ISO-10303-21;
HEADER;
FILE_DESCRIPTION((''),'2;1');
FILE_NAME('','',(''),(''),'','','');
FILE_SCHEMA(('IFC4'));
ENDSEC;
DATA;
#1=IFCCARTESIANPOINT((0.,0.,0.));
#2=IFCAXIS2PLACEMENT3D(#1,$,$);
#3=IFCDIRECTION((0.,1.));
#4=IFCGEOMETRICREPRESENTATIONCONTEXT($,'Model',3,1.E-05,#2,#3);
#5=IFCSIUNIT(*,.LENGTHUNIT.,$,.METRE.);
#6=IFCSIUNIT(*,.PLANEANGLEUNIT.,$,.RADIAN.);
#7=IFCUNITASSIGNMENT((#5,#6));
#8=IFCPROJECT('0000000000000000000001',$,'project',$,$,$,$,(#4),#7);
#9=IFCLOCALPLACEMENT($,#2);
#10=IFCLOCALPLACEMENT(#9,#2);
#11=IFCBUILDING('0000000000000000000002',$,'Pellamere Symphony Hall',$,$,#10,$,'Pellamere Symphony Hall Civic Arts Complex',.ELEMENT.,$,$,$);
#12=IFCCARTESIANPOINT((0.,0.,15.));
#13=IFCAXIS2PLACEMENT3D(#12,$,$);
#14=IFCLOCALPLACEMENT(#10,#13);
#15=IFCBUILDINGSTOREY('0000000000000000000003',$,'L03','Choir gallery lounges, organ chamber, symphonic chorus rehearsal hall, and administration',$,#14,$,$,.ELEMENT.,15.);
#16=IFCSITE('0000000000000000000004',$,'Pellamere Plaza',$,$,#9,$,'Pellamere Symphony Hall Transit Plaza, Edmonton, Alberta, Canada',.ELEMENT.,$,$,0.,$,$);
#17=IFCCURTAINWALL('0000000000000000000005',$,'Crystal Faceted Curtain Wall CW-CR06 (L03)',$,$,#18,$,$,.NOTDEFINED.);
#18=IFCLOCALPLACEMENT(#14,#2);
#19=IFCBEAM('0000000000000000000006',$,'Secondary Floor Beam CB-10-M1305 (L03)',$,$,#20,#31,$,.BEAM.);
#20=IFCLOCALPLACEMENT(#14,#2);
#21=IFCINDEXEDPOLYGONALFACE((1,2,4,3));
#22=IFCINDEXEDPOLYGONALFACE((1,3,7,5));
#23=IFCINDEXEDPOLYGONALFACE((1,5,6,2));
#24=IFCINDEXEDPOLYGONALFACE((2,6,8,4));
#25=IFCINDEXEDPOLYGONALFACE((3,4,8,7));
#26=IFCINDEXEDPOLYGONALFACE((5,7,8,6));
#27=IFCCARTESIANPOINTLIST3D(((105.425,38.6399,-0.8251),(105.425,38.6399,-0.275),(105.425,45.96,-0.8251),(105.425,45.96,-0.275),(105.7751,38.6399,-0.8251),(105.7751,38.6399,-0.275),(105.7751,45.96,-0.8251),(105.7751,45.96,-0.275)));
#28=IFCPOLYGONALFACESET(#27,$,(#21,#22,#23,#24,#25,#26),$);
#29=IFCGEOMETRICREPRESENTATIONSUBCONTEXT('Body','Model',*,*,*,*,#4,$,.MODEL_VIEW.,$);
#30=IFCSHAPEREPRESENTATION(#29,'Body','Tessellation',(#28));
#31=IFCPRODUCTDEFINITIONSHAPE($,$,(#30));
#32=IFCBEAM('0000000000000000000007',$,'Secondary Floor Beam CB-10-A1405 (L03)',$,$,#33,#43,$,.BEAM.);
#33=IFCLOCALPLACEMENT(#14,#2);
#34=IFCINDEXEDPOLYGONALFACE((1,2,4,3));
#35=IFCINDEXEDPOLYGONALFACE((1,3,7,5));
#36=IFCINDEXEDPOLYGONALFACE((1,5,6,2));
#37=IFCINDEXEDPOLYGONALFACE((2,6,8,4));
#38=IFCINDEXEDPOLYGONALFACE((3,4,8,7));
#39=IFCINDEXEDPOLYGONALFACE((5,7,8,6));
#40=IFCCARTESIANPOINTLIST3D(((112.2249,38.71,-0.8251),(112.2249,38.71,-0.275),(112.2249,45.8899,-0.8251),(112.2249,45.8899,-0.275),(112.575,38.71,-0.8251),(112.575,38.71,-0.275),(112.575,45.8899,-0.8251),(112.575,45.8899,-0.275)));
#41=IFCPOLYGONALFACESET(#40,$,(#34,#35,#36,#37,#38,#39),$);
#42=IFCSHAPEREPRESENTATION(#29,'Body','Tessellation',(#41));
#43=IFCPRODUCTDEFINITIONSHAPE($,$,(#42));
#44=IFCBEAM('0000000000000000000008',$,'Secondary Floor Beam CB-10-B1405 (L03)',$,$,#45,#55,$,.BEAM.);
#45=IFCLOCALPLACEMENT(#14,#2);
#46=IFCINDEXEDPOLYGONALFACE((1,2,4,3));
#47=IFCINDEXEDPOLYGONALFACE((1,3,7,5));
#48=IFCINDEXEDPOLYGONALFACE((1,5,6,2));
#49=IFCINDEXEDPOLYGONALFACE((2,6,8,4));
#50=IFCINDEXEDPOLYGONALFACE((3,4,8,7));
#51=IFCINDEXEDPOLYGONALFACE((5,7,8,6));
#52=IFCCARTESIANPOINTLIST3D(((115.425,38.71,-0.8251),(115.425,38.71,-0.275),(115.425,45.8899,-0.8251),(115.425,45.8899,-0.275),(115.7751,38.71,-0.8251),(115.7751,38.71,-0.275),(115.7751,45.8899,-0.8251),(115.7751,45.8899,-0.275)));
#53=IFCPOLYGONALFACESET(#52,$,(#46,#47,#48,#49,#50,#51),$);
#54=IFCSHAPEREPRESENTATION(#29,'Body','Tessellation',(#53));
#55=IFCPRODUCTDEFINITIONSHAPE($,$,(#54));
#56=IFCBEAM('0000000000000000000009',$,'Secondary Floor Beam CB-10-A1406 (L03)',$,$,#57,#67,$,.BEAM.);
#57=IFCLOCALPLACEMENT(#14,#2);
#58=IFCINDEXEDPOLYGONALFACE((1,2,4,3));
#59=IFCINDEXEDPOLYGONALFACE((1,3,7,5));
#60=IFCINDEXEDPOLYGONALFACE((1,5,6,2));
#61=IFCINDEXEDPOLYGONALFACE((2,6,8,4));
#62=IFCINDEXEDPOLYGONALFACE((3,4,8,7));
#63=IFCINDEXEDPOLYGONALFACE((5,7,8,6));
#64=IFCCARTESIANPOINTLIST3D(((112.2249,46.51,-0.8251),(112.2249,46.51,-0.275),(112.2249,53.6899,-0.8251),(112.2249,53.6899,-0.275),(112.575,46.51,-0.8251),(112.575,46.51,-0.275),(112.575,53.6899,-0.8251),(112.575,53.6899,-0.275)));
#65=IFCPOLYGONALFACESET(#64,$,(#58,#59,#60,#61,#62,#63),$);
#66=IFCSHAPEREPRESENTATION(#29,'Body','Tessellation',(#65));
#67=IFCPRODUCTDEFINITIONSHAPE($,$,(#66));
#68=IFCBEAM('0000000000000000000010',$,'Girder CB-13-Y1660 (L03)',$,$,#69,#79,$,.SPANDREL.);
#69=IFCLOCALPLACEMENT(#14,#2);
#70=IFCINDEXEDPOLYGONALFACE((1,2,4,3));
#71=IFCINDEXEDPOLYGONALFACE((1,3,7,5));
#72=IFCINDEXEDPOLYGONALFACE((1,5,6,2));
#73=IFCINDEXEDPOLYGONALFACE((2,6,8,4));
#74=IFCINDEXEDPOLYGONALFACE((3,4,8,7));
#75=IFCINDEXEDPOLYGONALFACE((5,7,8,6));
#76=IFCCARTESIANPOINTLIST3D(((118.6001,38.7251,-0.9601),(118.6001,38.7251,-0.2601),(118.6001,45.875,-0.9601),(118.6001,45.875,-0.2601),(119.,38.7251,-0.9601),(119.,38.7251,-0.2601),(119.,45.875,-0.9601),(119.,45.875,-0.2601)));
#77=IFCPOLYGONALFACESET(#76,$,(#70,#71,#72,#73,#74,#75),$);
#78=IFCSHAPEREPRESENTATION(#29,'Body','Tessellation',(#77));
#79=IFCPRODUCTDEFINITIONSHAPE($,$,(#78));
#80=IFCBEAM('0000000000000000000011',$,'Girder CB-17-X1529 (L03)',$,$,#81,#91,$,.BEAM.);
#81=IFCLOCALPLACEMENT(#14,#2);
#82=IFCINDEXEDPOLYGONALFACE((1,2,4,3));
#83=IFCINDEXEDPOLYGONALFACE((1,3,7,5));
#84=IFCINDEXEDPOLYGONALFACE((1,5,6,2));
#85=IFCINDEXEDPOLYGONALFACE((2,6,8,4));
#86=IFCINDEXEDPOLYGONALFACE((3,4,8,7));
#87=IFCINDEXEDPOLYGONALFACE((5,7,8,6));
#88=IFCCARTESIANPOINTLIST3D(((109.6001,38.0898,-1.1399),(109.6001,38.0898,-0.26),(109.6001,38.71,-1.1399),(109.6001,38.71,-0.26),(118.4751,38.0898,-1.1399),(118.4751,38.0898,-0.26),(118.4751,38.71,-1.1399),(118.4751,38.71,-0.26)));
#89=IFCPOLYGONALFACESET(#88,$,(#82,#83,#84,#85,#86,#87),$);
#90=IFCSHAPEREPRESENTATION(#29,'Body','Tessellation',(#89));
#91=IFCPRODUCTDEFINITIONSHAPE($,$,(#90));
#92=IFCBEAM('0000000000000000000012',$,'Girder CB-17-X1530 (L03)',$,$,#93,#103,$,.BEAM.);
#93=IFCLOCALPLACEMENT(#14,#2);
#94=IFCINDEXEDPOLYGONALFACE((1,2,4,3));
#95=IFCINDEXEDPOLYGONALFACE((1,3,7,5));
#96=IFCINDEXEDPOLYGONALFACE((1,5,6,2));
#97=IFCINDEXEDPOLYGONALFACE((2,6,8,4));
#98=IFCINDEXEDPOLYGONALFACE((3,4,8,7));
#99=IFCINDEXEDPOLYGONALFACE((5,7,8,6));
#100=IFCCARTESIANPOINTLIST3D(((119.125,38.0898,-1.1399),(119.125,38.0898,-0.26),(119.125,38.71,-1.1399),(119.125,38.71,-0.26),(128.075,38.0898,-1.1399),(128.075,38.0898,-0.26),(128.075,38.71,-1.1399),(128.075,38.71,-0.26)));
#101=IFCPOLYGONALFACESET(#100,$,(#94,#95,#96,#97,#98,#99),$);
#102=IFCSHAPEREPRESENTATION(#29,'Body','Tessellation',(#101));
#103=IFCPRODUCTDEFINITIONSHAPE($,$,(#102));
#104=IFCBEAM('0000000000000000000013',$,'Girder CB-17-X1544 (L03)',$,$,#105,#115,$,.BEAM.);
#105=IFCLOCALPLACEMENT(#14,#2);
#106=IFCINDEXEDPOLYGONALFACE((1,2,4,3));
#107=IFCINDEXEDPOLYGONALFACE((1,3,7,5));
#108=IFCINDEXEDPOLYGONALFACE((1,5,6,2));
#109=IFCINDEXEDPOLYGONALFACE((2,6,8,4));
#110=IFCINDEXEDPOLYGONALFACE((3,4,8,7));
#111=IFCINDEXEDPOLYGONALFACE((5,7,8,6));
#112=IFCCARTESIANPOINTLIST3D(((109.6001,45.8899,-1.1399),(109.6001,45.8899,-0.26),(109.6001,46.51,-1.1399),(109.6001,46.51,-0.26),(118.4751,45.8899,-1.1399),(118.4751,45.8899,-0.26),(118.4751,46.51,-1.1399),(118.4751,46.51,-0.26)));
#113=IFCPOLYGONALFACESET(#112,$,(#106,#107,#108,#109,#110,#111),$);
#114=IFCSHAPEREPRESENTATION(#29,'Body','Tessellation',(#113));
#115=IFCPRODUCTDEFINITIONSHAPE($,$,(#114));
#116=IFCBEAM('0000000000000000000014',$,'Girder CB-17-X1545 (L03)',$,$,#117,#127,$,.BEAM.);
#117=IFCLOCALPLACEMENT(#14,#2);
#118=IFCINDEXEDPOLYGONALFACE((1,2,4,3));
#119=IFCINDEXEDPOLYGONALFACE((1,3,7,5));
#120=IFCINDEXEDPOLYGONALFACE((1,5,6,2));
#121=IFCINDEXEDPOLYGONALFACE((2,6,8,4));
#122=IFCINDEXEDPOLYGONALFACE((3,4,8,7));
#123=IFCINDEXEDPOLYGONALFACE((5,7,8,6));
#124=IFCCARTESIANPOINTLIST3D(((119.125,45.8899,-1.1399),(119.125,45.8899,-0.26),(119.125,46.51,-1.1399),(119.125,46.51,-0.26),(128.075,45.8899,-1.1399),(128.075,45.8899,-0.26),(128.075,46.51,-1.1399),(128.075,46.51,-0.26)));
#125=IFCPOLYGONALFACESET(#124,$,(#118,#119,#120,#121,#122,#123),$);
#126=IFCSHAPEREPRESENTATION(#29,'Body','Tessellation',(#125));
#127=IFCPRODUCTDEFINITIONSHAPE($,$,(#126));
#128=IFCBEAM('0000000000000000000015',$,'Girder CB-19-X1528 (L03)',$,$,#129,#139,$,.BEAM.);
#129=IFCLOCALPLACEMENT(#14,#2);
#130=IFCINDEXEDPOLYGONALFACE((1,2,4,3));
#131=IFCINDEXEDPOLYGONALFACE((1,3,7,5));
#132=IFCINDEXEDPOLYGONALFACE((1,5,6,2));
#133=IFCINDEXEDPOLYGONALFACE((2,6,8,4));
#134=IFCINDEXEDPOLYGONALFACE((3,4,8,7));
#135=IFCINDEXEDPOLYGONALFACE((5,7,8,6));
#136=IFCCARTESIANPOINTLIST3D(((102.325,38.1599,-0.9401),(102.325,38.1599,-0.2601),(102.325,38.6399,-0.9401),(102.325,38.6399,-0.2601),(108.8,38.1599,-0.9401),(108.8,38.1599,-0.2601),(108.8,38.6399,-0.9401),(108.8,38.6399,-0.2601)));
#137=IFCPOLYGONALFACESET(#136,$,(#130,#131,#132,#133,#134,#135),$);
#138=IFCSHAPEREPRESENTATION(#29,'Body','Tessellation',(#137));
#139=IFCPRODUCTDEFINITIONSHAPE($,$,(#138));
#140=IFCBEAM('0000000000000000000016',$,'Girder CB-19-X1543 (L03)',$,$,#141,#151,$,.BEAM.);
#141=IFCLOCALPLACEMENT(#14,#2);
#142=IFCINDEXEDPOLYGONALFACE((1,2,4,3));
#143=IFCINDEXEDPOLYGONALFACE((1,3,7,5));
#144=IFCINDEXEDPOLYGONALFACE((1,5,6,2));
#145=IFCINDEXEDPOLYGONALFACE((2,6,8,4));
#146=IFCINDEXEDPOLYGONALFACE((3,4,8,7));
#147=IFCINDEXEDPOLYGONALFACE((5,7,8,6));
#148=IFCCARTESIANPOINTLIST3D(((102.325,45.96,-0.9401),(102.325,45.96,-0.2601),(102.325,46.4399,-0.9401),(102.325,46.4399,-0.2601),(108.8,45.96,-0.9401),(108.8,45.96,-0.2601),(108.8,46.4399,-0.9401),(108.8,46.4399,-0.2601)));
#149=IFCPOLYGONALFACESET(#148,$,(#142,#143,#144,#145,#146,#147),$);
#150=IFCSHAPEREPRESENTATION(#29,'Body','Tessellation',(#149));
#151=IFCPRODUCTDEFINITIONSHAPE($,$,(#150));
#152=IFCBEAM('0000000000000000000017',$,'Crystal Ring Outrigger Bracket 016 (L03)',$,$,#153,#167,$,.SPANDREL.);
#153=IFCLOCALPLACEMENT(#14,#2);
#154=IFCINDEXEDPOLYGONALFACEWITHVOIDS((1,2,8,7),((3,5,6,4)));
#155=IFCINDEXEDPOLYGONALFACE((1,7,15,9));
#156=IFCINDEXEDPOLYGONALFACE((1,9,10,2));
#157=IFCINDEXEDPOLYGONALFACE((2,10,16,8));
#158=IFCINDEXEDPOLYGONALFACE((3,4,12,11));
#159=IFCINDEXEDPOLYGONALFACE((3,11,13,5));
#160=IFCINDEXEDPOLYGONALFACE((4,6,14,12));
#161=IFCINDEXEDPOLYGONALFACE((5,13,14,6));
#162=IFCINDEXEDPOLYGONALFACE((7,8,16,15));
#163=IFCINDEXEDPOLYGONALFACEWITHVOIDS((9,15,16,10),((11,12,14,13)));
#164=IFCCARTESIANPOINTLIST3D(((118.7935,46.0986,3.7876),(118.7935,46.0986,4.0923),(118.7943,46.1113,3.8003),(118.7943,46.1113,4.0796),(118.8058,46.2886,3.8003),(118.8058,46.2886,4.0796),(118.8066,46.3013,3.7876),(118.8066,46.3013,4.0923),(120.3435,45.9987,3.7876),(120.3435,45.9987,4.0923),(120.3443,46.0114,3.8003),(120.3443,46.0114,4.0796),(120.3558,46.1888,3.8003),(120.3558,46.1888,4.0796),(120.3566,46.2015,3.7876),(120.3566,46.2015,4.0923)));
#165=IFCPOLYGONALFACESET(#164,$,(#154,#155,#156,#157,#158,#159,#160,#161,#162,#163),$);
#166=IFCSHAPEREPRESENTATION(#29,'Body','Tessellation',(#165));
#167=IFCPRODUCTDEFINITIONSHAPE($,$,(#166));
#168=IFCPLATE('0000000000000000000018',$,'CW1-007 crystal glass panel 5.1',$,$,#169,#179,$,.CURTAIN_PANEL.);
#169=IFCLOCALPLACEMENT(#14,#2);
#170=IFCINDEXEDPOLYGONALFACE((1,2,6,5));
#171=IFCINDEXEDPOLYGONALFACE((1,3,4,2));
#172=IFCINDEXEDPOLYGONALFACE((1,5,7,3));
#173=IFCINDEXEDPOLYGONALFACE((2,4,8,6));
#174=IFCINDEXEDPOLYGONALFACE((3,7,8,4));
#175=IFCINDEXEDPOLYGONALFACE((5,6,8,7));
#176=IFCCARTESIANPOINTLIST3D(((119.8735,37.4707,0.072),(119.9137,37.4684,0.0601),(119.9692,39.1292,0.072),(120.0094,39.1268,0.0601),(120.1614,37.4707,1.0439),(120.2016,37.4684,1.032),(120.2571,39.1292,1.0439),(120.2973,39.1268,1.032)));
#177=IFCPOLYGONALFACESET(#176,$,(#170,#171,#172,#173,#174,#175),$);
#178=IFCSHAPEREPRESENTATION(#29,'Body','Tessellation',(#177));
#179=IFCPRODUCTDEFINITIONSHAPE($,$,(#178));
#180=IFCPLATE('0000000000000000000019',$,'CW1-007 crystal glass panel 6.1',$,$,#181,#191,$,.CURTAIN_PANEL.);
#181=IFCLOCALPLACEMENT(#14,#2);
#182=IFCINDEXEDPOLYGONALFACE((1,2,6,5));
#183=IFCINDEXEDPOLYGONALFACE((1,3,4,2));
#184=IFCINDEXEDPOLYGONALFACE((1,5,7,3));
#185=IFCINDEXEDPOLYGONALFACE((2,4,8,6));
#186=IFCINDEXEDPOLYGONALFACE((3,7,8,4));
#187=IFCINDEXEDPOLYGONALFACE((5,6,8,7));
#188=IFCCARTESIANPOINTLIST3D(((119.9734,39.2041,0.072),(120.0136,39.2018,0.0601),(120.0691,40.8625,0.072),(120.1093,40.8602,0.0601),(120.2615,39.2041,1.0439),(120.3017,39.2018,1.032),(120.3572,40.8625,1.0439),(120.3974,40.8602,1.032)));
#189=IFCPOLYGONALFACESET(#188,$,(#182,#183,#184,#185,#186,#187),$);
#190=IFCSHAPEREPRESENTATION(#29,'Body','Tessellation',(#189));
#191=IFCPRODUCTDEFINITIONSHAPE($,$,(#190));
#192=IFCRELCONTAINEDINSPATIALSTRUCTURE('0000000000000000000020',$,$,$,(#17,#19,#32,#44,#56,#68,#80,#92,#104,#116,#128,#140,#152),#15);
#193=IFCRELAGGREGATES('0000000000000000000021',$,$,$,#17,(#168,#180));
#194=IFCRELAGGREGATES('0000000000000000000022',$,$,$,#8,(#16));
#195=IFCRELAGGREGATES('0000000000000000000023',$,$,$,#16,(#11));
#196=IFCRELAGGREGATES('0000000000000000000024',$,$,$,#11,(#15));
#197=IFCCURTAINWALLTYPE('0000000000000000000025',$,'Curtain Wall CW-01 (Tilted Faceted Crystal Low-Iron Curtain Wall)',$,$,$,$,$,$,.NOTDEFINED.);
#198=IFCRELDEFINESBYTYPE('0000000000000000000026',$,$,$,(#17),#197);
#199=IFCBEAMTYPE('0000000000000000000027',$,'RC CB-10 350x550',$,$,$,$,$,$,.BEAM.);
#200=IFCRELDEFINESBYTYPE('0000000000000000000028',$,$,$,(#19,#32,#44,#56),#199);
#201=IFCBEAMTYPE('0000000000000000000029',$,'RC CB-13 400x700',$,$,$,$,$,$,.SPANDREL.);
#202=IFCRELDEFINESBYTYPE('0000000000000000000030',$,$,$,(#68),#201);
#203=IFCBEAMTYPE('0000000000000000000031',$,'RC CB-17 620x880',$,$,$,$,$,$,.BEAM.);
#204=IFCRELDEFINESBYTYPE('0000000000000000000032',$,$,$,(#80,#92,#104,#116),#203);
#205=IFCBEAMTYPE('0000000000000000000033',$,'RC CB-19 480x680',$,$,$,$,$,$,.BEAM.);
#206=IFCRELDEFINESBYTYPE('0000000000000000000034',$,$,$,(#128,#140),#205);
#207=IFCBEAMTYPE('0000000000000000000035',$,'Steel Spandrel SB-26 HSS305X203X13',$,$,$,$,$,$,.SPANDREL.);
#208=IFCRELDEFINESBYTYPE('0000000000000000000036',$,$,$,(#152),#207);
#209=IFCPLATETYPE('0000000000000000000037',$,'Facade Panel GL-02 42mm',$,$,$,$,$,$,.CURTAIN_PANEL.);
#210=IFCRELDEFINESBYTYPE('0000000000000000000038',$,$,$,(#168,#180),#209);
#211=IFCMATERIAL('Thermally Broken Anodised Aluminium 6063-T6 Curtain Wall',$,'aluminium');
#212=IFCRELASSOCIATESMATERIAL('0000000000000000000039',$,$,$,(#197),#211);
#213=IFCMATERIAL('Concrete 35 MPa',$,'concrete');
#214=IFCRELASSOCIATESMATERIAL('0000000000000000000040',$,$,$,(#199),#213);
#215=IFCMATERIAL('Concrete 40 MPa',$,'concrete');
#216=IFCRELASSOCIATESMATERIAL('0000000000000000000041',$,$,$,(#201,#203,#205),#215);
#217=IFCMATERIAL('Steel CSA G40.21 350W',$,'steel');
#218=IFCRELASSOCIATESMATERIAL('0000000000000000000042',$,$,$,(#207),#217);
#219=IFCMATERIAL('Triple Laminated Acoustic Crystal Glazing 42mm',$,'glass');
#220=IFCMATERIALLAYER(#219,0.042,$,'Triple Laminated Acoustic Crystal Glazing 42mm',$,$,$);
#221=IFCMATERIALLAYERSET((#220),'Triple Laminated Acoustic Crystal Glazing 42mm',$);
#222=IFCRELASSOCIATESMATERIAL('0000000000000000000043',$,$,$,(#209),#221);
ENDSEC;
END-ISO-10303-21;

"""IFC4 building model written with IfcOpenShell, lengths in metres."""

from ifc_helpers import new_model, si_unit, direction, frame, origin, origin_2d, place, context, subcontext, project, spatial, polyline, rectangle, hollow_rectangle, outline, extrude, material, layer, layer_set, material_profile, profile_set, type_object, element, aggregate, save


model = new_model("IFC4")

# Units and contexts
model_context = context("Model", 3, precision=1e-05, world=origin(), true_north=direction((0.0, 1.0)))
body_context = subcontext(model_context, "Body", "Model", "MODEL_VIEW")
ifc_project = project(units=[si_unit("LENGTHUNIT", "METRE"), si_unit("PLANEANGLEUNIT", "RADIAN")], contexts=[model_context])

# Site, building, storey
site_placement = place(None, origin())
site = spatial("IfcSite", under=ifc_project, at=site_placement, Name="Pellamere Plaza", LongName="Pellamere Symphony Hall Transit Plaza, Edmonton, Alberta, Canada", CompositionType="ELEMENT", RefElevation=0.0)
building_placement = place(site_placement, origin())
building = spatial("IfcBuilding", under=site, at=building_placement, Name="Pellamere Symphony Hall", LongName="Pellamere Symphony Hall Civic Arts Complex", CompositionType="ELEMENT")
storey_placement = place(building_placement, frame((0.0, 0.0, 15.0)))
storey = spatial("IfcBuildingStorey", under=building, at=storey_placement, Name="L03", Description="Choir gallery lounges, organ chamber, symphonic chorus rehearsal hall, and administration", CompositionType="ELEMENT", Elevation=15.0)

# Shared definitions
ifc_material_1 = material(Name="Concrete 40 MPa", Category="concrete")

# Curtain wall
ifc_material_2 = material(Name="Thermally Broken Anodised Aluminium 6063-T6 Curtain Wall", Category="aluminium")
curtain_wall_type = type_object("IfcCurtainWallType", Name="Curtain Wall CW-01 (Tilted Faceted Crystal Low-Iron Curtain Wall)", PredefinedType="NOTDEFINED", material=ifc_material_2)
curtain_wall_placement = place(storey_placement, origin())
curtain_wall = element("IfcCurtainWall", 1, at=curtain_wall_placement, inside=storey, type_object=curtain_wall_type, Name="Crystal Faceted Curtain Wall CW-CR06 (L03)", PredefinedType="NOTDEFINED")

# Beams
ifc_material_3 = material(Name="Concrete 35 MPa", Category="concrete")
ifc_material_profile_1 = material_profile(ifc_material_3, rectangle(XDim=0.3501, YDim=0.55, at=origin_2d()), Name="RC 350x550")
ifc_profile_set_1 = profile_set([ifc_material_profile_1], Name="Concrete 35 MPa")
beam_type_1 = type_object("IfcBeamType", Name="RC CB-10 350x550", PredefinedType="BEAM", material=ifc_profile_set_1)
beam_1_placement = place(storey_placement, frame((105.6001, 38.6399, -0.55), z_axis=(0.0, 1.0, 0.0), x_axis=(-1.0, 0.0, 0.0)))
element("IfcBeam", 2, at=beam_1_placement, inside=storey, type_object=beam_type_1, Name="Secondary Floor Beam CB-10-M1305 (L03)", PredefinedType="BEAM", context=body_context, shape_type="SweptSolid", body=[
    extrude(rectangle(XDim=0.3501, YDim=0.55, at=origin_2d()), origin(), (0.0, 0.0, 1.0), 7.3201),
])
for number, where, z_axis, x_axis, name in (
    (3, (112.3999, 38.71, -0.55), (0.0, 1.0, 0.0), (-1.0, 0.0, 0.0), "Secondary Floor Beam CB-10-A1405 (L03)"),
    (4, (115.6001, 38.71, -0.55), (0.0, 1.0, 0.0), (-1.0, 0.0, 0.0), "Secondary Floor Beam CB-10-B1405 (L03)"),
    (5, (112.3999, 46.51, -0.55), (0.0, 1.0, 0.0), (-1.0, 0.0, 0.0), "Secondary Floor Beam CB-10-A1406 (L03)"),
):
    element("IfcBeam", number, at=place(storey_placement, frame(where, z_axis=z_axis, x_axis=x_axis)), inside=storey, type_object=beam_type_1, Name=name, PredefinedType="BEAM", context=body_context, shape_type="SweptSolid", body=[
        extrude(rectangle(XDim=0.3501, YDim=0.55, at=origin_2d()), origin(), (0.0, 0.0, 1.0), 7.1799),
    ])
ifc_material_profile_2 = material_profile(ifc_material_1, rectangle(XDim=0.3999, YDim=0.7, at=origin_2d()), Name="RC 400x700")
ifc_profile_set_2 = profile_set([ifc_material_profile_2], Name="Concrete 40 MPa")
beam_type_2 = type_object("IfcBeamType", Name="RC CB-13 400x700", PredefinedType="SPANDREL", material=ifc_profile_set_2)
beam_2_placement = place(storey_placement, frame((118.8, 38.7251, -0.6101), z_axis=(0.0, 1.0, 0.0), x_axis=(-1.0, 0.0, 0.0)))
element("IfcBeam", 6, at=beam_2_placement, inside=storey, type_object=beam_type_2, Name="Girder CB-13-Y1660 (L03)", PredefinedType="SPANDREL", context=body_context, shape_type="SweptSolid", body=[
    extrude(rectangle(XDim=0.3999, YDim=0.7, at=origin_2d()), origin(), (0.0, 0.0, 1.0), 7.1499),
])
ifc_material_profile_3 = material_profile(ifc_material_1, rectangle(XDim=0.6201, YDim=0.8799, at=origin_2d()), Name="RC 620x880")
ifc_profile_set_3 = profile_set([ifc_material_profile_3], Name="Concrete 40 MPa")
beam_type_3 = type_object("IfcBeamType", Name="RC CB-17 620x880", PredefinedType="BEAM", material=ifc_profile_set_3)
beam_3_placement = place(storey_placement, frame((109.6001, 38.3999, -0.7), z_axis=(1.0, 0.0, 0.0), x_axis=(0.0, 1.0, 0.0)))
element("IfcBeam", 7, at=beam_3_placement, inside=storey, type_object=beam_type_3, Name="Girder CB-17-X1529 (L03)", PredefinedType="BEAM", context=body_context, shape_type="SweptSolid", body=[
    extrude(rectangle(XDim=0.6201, YDim=0.8799, at=origin_2d()), origin(), (0.0, 0.0, 1.0), 8.875),
])
beam_4_placement = place(storey_placement, frame((119.125, 38.3999, -0.7), z_axis=(1.0, 0.0, 0.0), x_axis=(0.0, 1.0, 0.0)))
element("IfcBeam", 8, at=beam_4_placement, inside=storey, type_object=beam_type_3, Name="Girder CB-17-X1530 (L03)", PredefinedType="BEAM", context=body_context, shape_type="SweptSolid", body=[
    extrude(rectangle(XDim=0.6201, YDim=0.8799, at=origin_2d()), origin(), (0.0, 0.0, 1.0), 8.95),
])
beam_5_placement = place(storey_placement, frame((109.6001, 46.2, -0.7), z_axis=(1.0, 0.0, 0.0), x_axis=(0.0, 1.0, 0.0)))
element("IfcBeam", 9, at=beam_5_placement, inside=storey, type_object=beam_type_3, Name="Girder CB-17-X1544 (L03)", PredefinedType="BEAM", context=body_context, shape_type="SweptSolid", body=[
    extrude(rectangle(XDim=0.6201, YDim=0.8799, at=origin_2d()), origin(), (0.0, 0.0, 1.0), 8.875),
])
beam_6_placement = place(storey_placement, frame((119.125, 46.2, -0.7), z_axis=(1.0, 0.0, 0.0), x_axis=(0.0, 1.0, 0.0)))
element("IfcBeam", 10, at=beam_6_placement, inside=storey, type_object=beam_type_3, Name="Girder CB-17-X1545 (L03)", PredefinedType="BEAM", context=body_context, shape_type="SweptSolid", body=[
    extrude(rectangle(XDim=0.6201, YDim=0.8799, at=origin_2d()), origin(), (0.0, 0.0, 1.0), 8.95),
])
ifc_material_profile_4 = material_profile(ifc_material_1, rectangle(XDim=0.48, YDim=0.6799, at=origin_2d()), Name="RC 480x680")
ifc_profile_set_4 = profile_set([ifc_material_profile_4], Name="Concrete 40 MPa")
beam_type_4 = type_object("IfcBeamType", Name="RC CB-19 480x680", PredefinedType="BEAM", material=ifc_profile_set_4)
for number, where, z_axis, x_axis, name in (
    (11, (102.325, 38.3999, -0.6001), (1.0, 0.0, 0.0), (0.0, 1.0, 0.0), "Girder CB-19-X1528 (L03)"),
    (12, (102.325, 46.2, -0.6001), (1.0, 0.0, 0.0), (0.0, 1.0, 0.0), "Girder CB-19-X1543 (L03)"),
):
    element("IfcBeam", number, at=place(storey_placement, frame(where, z_axis=z_axis, x_axis=x_axis)), inside=storey, type_object=beam_type_4, Name=name, PredefinedType="BEAM", context=body_context, shape_type="SweptSolid", body=[
        extrude(rectangle(XDim=0.48, YDim=0.6799, at=origin_2d()), origin(), (0.0, 0.0, 1.0), 6.4751),
    ])
ifc_material_4 = material(Name="Steel CSA G40.21 350W", Category="steel")
ifc_material_profile_5 = material_profile(ifc_material_4, hollow_rectangle(XDim=0.2031, YDim=0.3047, WallThickness=0.0127, at=origin_2d()), Name="HSS305X203X13")
ifc_profile_set_5 = profile_set([ifc_material_profile_5], Name="Steel CSA G40.21 350W")
beam_type_5 = type_object("IfcBeamType", Name="Steel Spandrel SB-26 HSS305X203X13", PredefinedType="SPANDREL", material=ifc_profile_set_5)
beam_7_placement = place(storey_placement, frame((118.8, 46.2, 3.9399), z_axis=(0.997931, -0.064286, 0.0), x_axis=(0.064286, 0.997931, 0.0)))
element("IfcBeam", 13, at=beam_7_placement, inside=storey, type_object=beam_type_5, Name="Crystal Ring Outrigger Bracket 016 (L03)", PredefinedType="SPANDREL", context=body_context, shape_type="SweptSolid", body=[
    extrude(hollow_rectangle(XDim=0.2031, YDim=0.3047, WallThickness=0.0127, at=origin_2d()), origin(), (0.0, 0.0, 1.0), 1.5532),
])

# Plates
ifc_material_5 = material(Name="Triple Laminated Acoustic Crystal Glazing 42mm", Category="glass")
ifc_layer_1 = layer(ifc_material_5, 0.042, Name="Triple Laminated Acoustic Crystal Glazing 42mm")
ifc_layer_set_1 = layer_set([ifc_layer_1], Name="Triple Laminated Acoustic Crystal Glazing 42mm")
plate_type_1 = type_object("IfcPlateType", Name="Facade Panel GL-02 42mm", PredefinedType="CURTAIN_PANEL", material=ifc_layer_set_1)
plate_1_placement = place(storey_placement, frame((119.8735, 37.4707, 0.072), z_axis=(-0.95737, 0.055246, 0.283532), x_axis=(0.057611, 0.998339, 0.0)))
plate_1 = element("IfcPlate", 14, at=plate_1_placement, type_object=plate_type_1, Name="CW1-007 crystal glass panel 5.1", PredefinedType="CURTAIN_PANEL", context=body_context, shape_type="SweptSolid", body=[
    extrude(outline(polyline([(0.0, 0.0), (1.6612, 0.0), (1.6778, -1.0135), (0.0166, -1.0135), (0.0, 0.0)])), origin(), (0.0, 0.0, -1.0), 0.042),
])
plate_2_placement = place(storey_placement, frame((119.9734, 39.2041, 0.072), z_axis=(-0.957305, 0.055243, 0.283753), x_axis=(0.057611, 0.998339, 0.0)))
plate_2 = element("IfcPlate", 15, at=plate_2_placement, type_object=plate_type_1, Name="CW1-007 crystal glass panel 6.1", PredefinedType="CURTAIN_PANEL", context=body_context, shape_type="SweptSolid", body=[
    extrude(outline(polyline([(0.0, 0.0), (1.6612, 0.0), (1.6778, -1.0136), (0.0166, -1.0136), (0.0, 0.0)])), origin(), (0.0, 0.0, -1.0), 0.042),
])
aggregate(curtain_wall, [plate_1, plate_2])

save(model, "model.ifc")
